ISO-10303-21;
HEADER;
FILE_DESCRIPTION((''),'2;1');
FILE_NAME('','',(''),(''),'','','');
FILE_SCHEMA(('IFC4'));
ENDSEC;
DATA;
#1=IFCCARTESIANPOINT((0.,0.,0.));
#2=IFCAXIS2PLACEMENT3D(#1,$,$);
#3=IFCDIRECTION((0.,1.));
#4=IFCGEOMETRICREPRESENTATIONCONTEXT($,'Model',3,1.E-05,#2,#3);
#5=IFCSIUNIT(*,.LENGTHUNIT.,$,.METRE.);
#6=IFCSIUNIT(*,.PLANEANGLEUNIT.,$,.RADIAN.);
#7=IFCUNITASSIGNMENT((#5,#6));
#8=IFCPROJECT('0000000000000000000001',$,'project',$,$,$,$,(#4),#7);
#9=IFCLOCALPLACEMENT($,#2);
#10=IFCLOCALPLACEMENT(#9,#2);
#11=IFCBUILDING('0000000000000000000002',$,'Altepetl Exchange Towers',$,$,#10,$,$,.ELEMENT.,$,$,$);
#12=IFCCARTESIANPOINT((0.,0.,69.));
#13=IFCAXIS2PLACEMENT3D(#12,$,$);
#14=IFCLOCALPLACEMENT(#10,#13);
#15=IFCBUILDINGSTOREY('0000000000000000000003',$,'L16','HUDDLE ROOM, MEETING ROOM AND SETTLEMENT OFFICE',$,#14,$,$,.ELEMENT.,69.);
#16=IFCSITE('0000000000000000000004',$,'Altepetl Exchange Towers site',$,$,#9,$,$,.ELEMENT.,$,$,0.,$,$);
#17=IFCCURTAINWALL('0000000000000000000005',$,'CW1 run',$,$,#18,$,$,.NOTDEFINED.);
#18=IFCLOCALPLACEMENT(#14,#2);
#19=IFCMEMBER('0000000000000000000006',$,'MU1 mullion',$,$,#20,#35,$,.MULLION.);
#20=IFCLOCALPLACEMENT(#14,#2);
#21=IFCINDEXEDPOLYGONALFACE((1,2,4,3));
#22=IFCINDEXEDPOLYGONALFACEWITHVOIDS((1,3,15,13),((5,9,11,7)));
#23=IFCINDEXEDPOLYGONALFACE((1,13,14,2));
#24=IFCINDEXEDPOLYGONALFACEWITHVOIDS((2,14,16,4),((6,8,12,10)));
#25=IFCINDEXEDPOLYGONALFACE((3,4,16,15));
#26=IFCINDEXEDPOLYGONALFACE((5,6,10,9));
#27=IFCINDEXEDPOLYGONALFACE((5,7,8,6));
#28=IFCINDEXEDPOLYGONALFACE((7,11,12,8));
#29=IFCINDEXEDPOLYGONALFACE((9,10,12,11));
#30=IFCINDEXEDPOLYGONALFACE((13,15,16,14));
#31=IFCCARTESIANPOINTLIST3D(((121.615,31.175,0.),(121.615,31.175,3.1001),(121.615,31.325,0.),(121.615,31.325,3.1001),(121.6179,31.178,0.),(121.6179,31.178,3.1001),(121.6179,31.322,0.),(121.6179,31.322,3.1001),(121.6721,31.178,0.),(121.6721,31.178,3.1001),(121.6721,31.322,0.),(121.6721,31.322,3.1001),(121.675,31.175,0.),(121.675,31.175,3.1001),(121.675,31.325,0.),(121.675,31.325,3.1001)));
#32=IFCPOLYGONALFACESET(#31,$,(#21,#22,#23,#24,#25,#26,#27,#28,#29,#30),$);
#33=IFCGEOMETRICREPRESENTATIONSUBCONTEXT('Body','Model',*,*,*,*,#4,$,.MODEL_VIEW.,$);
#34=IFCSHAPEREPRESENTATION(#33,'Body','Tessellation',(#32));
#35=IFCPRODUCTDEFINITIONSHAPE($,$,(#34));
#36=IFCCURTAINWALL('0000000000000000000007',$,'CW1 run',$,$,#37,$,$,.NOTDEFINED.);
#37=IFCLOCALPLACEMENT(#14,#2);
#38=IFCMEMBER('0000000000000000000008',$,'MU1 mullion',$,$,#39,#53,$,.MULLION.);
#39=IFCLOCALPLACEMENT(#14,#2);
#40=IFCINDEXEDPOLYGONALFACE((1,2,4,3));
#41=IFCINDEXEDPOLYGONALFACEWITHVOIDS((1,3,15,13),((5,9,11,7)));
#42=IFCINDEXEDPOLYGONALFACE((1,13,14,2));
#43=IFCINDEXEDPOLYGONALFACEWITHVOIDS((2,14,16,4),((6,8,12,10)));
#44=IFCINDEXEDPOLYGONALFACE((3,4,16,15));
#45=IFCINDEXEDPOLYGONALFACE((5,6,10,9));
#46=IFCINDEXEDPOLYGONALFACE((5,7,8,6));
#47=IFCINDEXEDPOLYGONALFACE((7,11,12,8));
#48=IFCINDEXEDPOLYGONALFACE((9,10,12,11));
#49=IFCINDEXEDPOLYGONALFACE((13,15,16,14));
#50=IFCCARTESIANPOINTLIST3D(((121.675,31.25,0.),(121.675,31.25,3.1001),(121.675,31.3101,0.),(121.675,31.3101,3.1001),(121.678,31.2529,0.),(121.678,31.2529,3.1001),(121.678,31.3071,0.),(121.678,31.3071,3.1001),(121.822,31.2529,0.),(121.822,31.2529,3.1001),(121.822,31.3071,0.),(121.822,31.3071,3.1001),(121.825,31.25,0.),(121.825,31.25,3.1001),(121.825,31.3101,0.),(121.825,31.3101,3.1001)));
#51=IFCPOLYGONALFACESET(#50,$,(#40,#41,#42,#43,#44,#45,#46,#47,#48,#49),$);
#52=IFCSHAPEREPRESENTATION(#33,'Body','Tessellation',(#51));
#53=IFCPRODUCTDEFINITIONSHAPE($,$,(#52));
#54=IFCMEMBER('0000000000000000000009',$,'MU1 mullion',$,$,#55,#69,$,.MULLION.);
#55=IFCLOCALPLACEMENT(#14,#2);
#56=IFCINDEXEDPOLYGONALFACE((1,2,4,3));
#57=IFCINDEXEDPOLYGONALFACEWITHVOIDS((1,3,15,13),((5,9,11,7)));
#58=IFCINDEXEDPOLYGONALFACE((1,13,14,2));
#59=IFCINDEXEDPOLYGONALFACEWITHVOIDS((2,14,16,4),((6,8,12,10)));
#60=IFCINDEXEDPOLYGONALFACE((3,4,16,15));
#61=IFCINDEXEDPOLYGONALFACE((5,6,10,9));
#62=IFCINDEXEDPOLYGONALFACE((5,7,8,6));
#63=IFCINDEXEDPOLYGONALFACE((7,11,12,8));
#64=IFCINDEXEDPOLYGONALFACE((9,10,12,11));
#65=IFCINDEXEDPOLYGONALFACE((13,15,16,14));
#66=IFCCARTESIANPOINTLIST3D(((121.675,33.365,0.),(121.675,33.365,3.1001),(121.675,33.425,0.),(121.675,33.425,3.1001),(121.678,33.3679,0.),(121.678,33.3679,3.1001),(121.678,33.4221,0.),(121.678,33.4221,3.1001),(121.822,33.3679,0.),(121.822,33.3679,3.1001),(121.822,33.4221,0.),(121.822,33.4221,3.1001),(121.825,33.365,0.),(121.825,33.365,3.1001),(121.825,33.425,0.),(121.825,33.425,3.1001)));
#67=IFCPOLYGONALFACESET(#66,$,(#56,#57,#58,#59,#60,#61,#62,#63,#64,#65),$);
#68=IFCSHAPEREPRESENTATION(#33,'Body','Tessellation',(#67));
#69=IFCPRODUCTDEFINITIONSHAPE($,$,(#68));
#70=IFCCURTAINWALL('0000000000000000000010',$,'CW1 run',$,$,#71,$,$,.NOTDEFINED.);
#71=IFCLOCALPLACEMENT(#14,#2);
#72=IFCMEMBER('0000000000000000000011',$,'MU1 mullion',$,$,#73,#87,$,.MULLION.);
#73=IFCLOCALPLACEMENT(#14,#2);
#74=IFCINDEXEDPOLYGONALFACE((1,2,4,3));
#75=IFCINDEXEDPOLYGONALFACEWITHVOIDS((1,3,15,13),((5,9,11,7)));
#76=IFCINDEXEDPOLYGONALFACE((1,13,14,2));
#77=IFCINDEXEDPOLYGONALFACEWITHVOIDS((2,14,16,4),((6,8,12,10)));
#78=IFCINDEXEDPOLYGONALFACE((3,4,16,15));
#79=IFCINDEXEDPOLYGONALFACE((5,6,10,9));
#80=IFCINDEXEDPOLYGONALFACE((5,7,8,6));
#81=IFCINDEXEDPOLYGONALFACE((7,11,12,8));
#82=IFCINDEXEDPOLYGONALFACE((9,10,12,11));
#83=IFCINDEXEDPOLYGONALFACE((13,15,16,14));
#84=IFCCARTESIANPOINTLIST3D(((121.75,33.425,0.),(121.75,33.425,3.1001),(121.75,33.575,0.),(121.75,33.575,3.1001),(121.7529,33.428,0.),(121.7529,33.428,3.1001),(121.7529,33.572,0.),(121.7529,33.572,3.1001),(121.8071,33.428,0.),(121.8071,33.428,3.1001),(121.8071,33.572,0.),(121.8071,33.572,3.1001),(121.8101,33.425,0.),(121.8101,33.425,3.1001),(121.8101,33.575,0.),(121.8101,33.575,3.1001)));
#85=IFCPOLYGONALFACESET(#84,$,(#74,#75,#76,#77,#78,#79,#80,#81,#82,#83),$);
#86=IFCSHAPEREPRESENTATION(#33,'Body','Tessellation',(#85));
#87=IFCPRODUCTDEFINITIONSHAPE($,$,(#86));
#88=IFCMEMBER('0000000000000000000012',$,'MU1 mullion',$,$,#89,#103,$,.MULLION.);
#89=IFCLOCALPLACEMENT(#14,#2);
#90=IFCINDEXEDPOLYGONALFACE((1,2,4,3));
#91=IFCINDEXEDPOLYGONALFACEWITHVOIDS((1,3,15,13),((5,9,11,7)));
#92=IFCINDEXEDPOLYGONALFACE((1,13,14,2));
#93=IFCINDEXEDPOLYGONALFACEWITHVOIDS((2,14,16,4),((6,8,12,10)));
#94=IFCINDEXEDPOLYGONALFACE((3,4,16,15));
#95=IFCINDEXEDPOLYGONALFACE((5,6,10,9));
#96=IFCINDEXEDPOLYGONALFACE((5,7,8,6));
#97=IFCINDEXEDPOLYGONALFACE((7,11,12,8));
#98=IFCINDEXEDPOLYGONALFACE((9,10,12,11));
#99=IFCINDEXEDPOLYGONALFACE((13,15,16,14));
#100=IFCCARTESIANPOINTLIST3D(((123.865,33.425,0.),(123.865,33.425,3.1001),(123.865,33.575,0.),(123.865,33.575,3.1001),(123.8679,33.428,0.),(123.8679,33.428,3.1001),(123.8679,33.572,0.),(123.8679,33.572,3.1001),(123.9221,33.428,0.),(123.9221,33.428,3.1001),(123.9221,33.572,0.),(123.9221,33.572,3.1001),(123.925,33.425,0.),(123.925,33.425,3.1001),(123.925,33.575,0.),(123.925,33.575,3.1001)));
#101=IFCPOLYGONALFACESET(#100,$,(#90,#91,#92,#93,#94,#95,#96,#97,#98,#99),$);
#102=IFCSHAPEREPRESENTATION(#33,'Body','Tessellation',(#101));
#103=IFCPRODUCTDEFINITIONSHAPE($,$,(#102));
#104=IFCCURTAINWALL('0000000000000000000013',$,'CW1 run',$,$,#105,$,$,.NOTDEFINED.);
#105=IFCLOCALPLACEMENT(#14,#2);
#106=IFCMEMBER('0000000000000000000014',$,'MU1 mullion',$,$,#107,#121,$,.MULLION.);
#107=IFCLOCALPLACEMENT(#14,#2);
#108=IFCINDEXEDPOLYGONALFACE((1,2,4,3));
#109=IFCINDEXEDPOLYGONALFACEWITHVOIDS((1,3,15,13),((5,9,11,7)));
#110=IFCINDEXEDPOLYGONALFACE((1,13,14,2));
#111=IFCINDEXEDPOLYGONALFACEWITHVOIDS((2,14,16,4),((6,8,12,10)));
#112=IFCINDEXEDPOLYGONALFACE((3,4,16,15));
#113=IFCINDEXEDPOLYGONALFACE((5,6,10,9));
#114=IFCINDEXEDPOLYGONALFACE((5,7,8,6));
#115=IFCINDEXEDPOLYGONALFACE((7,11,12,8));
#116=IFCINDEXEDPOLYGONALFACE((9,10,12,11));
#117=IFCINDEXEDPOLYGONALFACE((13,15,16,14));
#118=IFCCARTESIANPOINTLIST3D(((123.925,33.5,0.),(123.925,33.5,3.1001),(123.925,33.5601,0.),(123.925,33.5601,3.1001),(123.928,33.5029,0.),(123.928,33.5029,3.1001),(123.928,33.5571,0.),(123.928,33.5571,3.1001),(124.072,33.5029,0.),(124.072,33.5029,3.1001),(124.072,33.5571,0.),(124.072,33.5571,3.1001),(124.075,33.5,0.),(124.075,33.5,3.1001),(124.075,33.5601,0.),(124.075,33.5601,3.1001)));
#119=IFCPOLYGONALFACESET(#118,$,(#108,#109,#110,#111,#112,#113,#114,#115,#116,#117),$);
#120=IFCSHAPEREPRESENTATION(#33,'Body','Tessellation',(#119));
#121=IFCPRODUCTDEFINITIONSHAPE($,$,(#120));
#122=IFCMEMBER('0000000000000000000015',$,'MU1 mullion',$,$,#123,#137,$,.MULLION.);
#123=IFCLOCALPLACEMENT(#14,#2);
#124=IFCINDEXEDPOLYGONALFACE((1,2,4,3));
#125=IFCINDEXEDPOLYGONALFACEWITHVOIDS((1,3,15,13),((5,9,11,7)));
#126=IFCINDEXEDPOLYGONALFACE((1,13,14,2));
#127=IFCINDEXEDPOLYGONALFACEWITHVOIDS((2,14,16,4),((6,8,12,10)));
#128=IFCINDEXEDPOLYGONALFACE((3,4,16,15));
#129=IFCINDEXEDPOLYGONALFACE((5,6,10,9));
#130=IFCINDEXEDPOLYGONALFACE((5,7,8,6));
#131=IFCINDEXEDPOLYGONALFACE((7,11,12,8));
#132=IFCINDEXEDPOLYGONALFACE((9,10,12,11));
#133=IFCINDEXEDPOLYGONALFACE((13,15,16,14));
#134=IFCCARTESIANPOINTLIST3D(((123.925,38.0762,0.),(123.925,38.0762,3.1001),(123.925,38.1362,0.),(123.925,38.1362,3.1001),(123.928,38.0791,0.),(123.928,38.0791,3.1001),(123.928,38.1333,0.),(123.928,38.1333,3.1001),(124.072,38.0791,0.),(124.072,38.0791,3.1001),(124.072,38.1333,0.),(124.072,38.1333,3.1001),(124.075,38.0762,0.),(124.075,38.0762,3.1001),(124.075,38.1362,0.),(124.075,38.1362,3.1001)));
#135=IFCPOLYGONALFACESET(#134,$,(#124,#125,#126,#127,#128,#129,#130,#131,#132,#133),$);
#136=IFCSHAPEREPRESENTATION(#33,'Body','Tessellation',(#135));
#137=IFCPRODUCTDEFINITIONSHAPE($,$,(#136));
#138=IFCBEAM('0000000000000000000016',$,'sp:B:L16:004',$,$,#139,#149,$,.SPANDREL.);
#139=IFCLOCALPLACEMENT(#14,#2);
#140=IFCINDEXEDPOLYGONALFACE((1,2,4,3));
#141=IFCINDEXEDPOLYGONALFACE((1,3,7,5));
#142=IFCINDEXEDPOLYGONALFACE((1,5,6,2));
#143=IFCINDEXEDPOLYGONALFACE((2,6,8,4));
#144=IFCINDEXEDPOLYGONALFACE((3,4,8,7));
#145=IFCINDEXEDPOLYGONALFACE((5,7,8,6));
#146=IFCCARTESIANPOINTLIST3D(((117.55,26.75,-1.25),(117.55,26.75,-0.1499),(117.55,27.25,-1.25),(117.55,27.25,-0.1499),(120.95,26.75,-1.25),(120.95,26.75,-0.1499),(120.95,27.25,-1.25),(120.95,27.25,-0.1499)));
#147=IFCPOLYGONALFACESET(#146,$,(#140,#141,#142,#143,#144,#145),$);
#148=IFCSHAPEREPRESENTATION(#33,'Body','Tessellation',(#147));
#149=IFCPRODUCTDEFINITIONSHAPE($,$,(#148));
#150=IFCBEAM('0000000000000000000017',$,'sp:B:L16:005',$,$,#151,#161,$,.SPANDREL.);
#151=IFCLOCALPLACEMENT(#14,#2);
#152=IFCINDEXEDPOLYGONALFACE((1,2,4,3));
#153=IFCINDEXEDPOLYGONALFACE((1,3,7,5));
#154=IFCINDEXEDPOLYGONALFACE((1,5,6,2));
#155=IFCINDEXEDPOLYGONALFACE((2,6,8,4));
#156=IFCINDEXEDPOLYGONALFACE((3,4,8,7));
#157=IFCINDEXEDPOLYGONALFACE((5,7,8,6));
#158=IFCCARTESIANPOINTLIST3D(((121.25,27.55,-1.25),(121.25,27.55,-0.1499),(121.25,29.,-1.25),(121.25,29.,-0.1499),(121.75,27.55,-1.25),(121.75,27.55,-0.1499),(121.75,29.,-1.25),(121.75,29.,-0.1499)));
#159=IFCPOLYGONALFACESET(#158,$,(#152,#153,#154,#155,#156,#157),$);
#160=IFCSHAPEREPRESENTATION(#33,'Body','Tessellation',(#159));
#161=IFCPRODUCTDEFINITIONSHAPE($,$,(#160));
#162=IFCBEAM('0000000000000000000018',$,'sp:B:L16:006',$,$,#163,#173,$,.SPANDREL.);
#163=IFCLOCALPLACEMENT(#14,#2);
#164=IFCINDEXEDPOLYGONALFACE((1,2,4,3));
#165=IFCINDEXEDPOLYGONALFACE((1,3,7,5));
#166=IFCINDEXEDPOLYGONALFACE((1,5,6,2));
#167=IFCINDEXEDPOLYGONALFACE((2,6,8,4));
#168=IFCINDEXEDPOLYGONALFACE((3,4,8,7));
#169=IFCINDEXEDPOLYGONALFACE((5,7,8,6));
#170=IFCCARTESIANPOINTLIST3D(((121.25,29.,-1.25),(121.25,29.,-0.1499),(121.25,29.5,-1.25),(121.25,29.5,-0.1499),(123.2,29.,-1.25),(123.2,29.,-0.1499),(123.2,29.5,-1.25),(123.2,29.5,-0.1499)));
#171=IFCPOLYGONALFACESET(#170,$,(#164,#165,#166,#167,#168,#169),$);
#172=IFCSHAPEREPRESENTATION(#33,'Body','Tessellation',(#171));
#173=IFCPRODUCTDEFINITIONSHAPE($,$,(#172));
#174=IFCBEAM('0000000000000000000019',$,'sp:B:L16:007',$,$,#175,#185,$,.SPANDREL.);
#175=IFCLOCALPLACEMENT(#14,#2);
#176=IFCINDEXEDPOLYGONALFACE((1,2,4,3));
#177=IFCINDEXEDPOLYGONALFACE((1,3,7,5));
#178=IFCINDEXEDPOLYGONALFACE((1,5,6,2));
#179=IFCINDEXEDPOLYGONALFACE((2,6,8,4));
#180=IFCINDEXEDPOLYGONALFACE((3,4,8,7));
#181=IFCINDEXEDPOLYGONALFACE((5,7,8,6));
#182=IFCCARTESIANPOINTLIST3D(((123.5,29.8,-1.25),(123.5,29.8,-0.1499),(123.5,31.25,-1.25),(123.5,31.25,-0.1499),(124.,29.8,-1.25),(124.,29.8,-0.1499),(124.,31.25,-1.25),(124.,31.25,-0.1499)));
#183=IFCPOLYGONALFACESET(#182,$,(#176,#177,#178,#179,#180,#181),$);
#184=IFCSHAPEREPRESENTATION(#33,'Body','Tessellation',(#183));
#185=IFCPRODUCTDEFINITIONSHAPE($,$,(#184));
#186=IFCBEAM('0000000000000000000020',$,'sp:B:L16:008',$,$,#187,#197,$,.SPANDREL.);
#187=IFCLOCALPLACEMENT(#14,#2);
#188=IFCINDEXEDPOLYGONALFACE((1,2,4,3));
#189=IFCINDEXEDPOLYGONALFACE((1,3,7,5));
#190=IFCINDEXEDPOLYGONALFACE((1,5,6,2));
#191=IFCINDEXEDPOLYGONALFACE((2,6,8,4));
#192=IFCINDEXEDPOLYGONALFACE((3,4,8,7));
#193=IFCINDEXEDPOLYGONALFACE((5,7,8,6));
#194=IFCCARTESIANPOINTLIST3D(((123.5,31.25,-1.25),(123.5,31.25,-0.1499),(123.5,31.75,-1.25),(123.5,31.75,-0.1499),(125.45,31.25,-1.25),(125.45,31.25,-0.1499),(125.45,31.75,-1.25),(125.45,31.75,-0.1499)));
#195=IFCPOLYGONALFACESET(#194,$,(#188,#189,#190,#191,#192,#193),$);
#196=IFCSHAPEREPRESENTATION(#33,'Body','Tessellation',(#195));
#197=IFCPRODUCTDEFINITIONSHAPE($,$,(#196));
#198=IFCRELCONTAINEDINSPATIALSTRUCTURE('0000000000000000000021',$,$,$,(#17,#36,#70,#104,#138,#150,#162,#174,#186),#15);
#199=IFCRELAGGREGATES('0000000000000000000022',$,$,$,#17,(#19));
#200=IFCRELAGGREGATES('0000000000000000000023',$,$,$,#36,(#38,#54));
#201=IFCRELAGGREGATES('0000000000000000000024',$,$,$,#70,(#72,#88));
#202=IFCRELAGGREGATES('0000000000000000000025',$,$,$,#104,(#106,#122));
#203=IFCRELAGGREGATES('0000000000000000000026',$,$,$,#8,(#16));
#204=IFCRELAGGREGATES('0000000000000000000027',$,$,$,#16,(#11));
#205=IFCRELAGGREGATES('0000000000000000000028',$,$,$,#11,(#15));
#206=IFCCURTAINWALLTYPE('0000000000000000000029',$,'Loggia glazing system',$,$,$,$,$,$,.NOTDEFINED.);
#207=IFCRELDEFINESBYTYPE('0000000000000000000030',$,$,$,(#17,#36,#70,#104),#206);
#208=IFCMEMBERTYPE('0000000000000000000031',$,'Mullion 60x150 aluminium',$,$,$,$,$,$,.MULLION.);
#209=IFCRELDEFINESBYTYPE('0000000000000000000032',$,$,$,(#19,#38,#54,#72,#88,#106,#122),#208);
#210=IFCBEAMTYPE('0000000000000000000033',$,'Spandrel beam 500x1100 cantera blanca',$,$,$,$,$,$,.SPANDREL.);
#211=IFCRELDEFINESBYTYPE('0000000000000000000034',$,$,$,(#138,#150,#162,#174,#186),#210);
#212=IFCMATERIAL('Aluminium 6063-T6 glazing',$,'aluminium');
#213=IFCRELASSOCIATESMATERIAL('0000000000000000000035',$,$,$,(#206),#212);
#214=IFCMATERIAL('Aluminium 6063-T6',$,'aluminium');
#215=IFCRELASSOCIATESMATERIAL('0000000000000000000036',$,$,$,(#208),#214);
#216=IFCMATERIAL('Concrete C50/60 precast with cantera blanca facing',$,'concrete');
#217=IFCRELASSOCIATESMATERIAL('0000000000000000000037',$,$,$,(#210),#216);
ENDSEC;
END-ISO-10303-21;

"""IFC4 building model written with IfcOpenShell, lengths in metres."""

from ifc_helpers import new_model, si_unit, direction, frame, origin, origin_2d, place, context, subcontext, project, spatial, rectangle, hollow_rectangle, extrude, material, material_profile, profile_set, type_object, element, aggregate, save


model = new_model("IFC4")

# Units and contexts
model_context = context("Model", 3, precision=1e-05, world=origin(), true_north=direction((0.0, 1.0)))
body_context = subcontext(model_context, "Body", "Model", "MODEL_VIEW")
ifc_project = project(units=[si_unit("LENGTHUNIT", "METRE"), si_unit("PLANEANGLEUNIT", "RADIAN")], contexts=[model_context])

# Site, building, storey
site_placement = place(None, origin())
site = spatial("IfcSite", under=ifc_project, at=site_placement, Name="Altepetl Exchange Towers site", CompositionType="ELEMENT", RefElevation=0.0)
building_placement = place(site_placement, origin())
building = spatial("IfcBuilding", under=site, at=building_placement, Name="Altepetl Exchange Towers", CompositionType="ELEMENT")
storey_placement = place(building_placement, frame((0.0, 0.0, 69.0)))
storey = spatial("IfcBuildingStorey", under=building, at=storey_placement, Name="L16", Description="HUDDLE ROOM, MEETING ROOM AND SETTLEMENT OFFICE", CompositionType="ELEMENT", Elevation=69.0)

# Shared definitions
ifc_material_1 = material(Name="Aluminium 6063-T6 glazing", Category="aluminium")
curtain_wall_type = type_object("IfcCurtainWallType", Name="Loggia glazing system", PredefinedType="NOTDEFINED", material=ifc_material_1)
ifc_material_2 = material(Name="Aluminium 6063-T6", Category="aluminium")
ifc_material_profile_1 = material_profile(ifc_material_2, hollow_rectangle(XDim=0.0601, YDim=0.1499, WallThickness=0.0029, at=origin_2d()), Name="Mullion 60x150 aluminium")
ifc_profile_set_1 = profile_set([ifc_material_profile_1], Name="Aluminium 6063-T6")
member_type = type_object("IfcMemberType", Name="Mullion 60x150 aluminium", PredefinedType="MULLION", material=ifc_profile_set_1)

# Curtain walls, members
curtain_wall_1_placement = place(storey_placement, origin())
curtain_wall_1 = element("IfcCurtainWall", 1, at=curtain_wall_1_placement, inside=storey, type_object=curtain_wall_type, Name="CW1 run", PredefinedType="NOTDEFINED")
member_1_placement = place(storey_placement, frame((121.645, 31.25, 0.0)))
member_1 = element("IfcMember", 2, at=member_1_placement, type_object=member_type, Name="MU1 mullion", PredefinedType="MULLION", context=body_context, shape_type="SweptSolid", body=[
    extrude(hollow_rectangle(XDim=0.0601, YDim=0.1499, WallThickness=0.0029, at=origin_2d()), origin(), (0.0, 0.0, 1.0), 3.1001),
])
curtain_wall_2_placement = place(storey_placement, origin())
curtain_wall_2 = element("IfcCurtainWall", 3, at=curtain_wall_2_placement, inside=storey, type_object=curtain_wall_type, Name="CW1 run", PredefinedType="NOTDEFINED")
member_2_placement = place(storey_placement, frame((121.75, 31.28, 0.0), z_axis=(0.0, 0.0, 1.0), x_axis=(0.0, 1.0, 0.0)))
member_2 = element("IfcMember", 4, at=member_2_placement, type_object=member_type, Name="MU1 mullion", PredefinedType="MULLION", context=body_context, shape_type="SweptSolid", body=[
    extrude(hollow_rectangle(XDim=0.0601, YDim=0.1499, WallThickness=0.0029, at=origin_2d()), origin(), (0.0, 0.0, 1.0), 3.1001),
])
member_3_placement = place(storey_placement, frame((121.75, 33.395, 0.0), z_axis=(0.0, 0.0, 1.0), x_axis=(0.0, 1.0, 0.0)))
member_3 = element("IfcMember", 5, at=member_3_placement, type_object=member_type, Name="MU1 mullion", PredefinedType="MULLION", context=body_context, shape_type="SweptSolid", body=[
    extrude(hollow_rectangle(XDim=0.0601, YDim=0.1499, WallThickness=0.0029, at=origin_2d()), origin(), (0.0, 0.0, 1.0), 3.1001),
])
curtain_wall_3_placement = place(storey_placement, origin())
curtain_wall_3 = element("IfcCurtainWall", 6, at=curtain_wall_3_placement, inside=storey, type_object=curtain_wall_type, Name="CW1 run", PredefinedType="NOTDEFINED")
member_4_placement = place(storey_placement, frame((121.78, 33.5, 0.0)))
member_4 = element("IfcMember", 7, at=member_4_placement, type_object=member_type, Name="MU1 mullion", PredefinedType="MULLION", context=body_context, shape_type="SweptSolid", body=[
    extrude(hollow_rectangle(XDim=0.0601, YDim=0.1499, WallThickness=0.0029, at=origin_2d()), origin(), (0.0, 0.0, 1.0), 3.1001),
])
member_5_placement = place(storey_placement, frame((123.895, 33.5, 0.0)))
member_5 = element("IfcMember", 8, at=member_5_placement, type_object=member_type, Name="MU1 mullion", PredefinedType="MULLION", context=body_context, shape_type="SweptSolid", body=[
    extrude(hollow_rectangle(XDim=0.0601, YDim=0.1499, WallThickness=0.0029, at=origin_2d()), origin(), (0.0, 0.0, 1.0), 3.1001),
])
curtain_wall_4_placement = place(storey_placement, origin())
curtain_wall_4 = element("IfcCurtainWall", 9, at=curtain_wall_4_placement, inside=storey, type_object=curtain_wall_type, Name="CW1 run", PredefinedType="NOTDEFINED")
member_6_placement = place(storey_placement, frame((124.0, 33.53, 0.0), z_axis=(0.0, 0.0, 1.0), x_axis=(0.0, 1.0, 0.0)))
member_6 = element("IfcMember", 10, at=member_6_placement, type_object=member_type, Name="MU1 mullion", PredefinedType="MULLION", context=body_context, shape_type="SweptSolid", body=[
    extrude(hollow_rectangle(XDim=0.0601, YDim=0.1499, WallThickness=0.0029, at=origin_2d()), origin(), (0.0, 0.0, 1.0), 3.1001),
])
member_7_placement = place(storey_placement, frame((124.0, 38.1062, 0.0), z_axis=(0.0, 0.0, 1.0), x_axis=(0.0, 1.0, 0.0)))
member_7 = element("IfcMember", 11, at=member_7_placement, type_object=member_type, Name="MU1 mullion", PredefinedType="MULLION", context=body_context, shape_type="SweptSolid", body=[
    extrude(hollow_rectangle(XDim=0.0601, YDim=0.1499, WallThickness=0.0029, at=origin_2d()), origin(), (0.0, 0.0, 1.0), 3.1001),
])

# Beams
ifc_material_3 = material(Name="Concrete C50/60 precast with cantera blanca facing", Category="concrete")
ifc_material_profile_2 = material_profile(ifc_material_3, rectangle(XDim=0.5, YDim=1.1001, at=origin_2d()), Name="500 x 1100")
ifc_profile_set_2 = profile_set([ifc_material_profile_2], Name="Concrete C50/60 precast with cantera blanca facing")
beam_type_1 = type_object("IfcBeamType", Name="Spandrel beam 500x1100 cantera blanca", PredefinedType="SPANDREL", material=ifc_profile_set_2)
beam_1_placement = place(storey_placement, frame((117.55, 27.0, -0.7), z_axis=(1.0, 0.0, 0.0), x_axis=(0.0, 1.0, 0.0)))
element("IfcBeam", 12, at=beam_1_placement, inside=storey, type_object=beam_type_1, Name="sp:B:L16:004", PredefinedType="SPANDREL", context=body_context, shape_type="SweptSolid", body=[
    extrude(rectangle(XDim=0.5, YDim=1.1001, at=origin_2d()), origin(), (0.0, 0.0, 1.0), 3.3999),
])
beam_2_placement = place(storey_placement, frame((121.5, 27.55, -0.7), z_axis=(0.0, 1.0, 0.0), x_axis=(-1.0, 0.0, 0.0)))
element("IfcBeam", 13, at=beam_2_placement, inside=storey, type_object=beam_type_1, Name="sp:B:L16:005", PredefinedType="SPANDREL", context=body_context, shape_type="SweptSolid", body=[
    extrude(rectangle(XDim=0.5, YDim=1.1001, at=origin_2d()), origin(), (0.0, 0.0, 1.0), 1.45),
])
beam_3_placement = place(storey_placement, frame((121.25, 29.25, -0.7), z_axis=(1.0, 0.0, 0.0), x_axis=(0.0, 1.0, 0.0)))
element("IfcBeam", 14, at=beam_3_placement, inside=storey, type_object=beam_type_1, Name="sp:B:L16:006", PredefinedType="SPANDREL", context=body_context, shape_type="SweptSolid", body=[
    extrude(rectangle(XDim=0.5, YDim=1.1001, at=origin_2d()), origin(), (0.0, 0.0, 1.0), 1.95),
])
beam_4_placement = place(storey_placement, frame((123.75, 29.8, -0.7), z_axis=(0.0, 1.0, 0.0), x_axis=(-1.0, 0.0, 0.0)))
element("IfcBeam", 15, at=beam_4_placement, inside=storey, type_object=beam_type_1, Name="sp:B:L16:007", PredefinedType="SPANDREL", context=body_context, shape_type="SweptSolid", body=[
    extrude(rectangle(XDim=0.5, YDim=1.1001, at=origin_2d()), origin(), (0.0, 0.0, 1.0), 1.45),
])
beam_5_placement = place(storey_placement, frame((123.5, 31.5, -0.7), z_axis=(1.0, 0.0, 0.0), x_axis=(0.0, 1.0, 0.0)))
element("IfcBeam", 16, at=beam_5_placement, inside=storey, type_object=beam_type_1, Name="sp:B:L16:008", PredefinedType="SPANDREL", context=body_context, shape_type="SweptSolid", body=[
    extrude(rectangle(XDim=0.5, YDim=1.1001, at=origin_2d()), origin(), (0.0, 0.0, 1.0), 1.95),
])

aggregate(curtain_wall_1, [member_1])
aggregate(curtain_wall_2, [member_2, member_3])
aggregate(curtain_wall_3, [member_4, member_5])
aggregate(curtain_wall_4, [member_6, member_7])

save(model, "model.ifc")
